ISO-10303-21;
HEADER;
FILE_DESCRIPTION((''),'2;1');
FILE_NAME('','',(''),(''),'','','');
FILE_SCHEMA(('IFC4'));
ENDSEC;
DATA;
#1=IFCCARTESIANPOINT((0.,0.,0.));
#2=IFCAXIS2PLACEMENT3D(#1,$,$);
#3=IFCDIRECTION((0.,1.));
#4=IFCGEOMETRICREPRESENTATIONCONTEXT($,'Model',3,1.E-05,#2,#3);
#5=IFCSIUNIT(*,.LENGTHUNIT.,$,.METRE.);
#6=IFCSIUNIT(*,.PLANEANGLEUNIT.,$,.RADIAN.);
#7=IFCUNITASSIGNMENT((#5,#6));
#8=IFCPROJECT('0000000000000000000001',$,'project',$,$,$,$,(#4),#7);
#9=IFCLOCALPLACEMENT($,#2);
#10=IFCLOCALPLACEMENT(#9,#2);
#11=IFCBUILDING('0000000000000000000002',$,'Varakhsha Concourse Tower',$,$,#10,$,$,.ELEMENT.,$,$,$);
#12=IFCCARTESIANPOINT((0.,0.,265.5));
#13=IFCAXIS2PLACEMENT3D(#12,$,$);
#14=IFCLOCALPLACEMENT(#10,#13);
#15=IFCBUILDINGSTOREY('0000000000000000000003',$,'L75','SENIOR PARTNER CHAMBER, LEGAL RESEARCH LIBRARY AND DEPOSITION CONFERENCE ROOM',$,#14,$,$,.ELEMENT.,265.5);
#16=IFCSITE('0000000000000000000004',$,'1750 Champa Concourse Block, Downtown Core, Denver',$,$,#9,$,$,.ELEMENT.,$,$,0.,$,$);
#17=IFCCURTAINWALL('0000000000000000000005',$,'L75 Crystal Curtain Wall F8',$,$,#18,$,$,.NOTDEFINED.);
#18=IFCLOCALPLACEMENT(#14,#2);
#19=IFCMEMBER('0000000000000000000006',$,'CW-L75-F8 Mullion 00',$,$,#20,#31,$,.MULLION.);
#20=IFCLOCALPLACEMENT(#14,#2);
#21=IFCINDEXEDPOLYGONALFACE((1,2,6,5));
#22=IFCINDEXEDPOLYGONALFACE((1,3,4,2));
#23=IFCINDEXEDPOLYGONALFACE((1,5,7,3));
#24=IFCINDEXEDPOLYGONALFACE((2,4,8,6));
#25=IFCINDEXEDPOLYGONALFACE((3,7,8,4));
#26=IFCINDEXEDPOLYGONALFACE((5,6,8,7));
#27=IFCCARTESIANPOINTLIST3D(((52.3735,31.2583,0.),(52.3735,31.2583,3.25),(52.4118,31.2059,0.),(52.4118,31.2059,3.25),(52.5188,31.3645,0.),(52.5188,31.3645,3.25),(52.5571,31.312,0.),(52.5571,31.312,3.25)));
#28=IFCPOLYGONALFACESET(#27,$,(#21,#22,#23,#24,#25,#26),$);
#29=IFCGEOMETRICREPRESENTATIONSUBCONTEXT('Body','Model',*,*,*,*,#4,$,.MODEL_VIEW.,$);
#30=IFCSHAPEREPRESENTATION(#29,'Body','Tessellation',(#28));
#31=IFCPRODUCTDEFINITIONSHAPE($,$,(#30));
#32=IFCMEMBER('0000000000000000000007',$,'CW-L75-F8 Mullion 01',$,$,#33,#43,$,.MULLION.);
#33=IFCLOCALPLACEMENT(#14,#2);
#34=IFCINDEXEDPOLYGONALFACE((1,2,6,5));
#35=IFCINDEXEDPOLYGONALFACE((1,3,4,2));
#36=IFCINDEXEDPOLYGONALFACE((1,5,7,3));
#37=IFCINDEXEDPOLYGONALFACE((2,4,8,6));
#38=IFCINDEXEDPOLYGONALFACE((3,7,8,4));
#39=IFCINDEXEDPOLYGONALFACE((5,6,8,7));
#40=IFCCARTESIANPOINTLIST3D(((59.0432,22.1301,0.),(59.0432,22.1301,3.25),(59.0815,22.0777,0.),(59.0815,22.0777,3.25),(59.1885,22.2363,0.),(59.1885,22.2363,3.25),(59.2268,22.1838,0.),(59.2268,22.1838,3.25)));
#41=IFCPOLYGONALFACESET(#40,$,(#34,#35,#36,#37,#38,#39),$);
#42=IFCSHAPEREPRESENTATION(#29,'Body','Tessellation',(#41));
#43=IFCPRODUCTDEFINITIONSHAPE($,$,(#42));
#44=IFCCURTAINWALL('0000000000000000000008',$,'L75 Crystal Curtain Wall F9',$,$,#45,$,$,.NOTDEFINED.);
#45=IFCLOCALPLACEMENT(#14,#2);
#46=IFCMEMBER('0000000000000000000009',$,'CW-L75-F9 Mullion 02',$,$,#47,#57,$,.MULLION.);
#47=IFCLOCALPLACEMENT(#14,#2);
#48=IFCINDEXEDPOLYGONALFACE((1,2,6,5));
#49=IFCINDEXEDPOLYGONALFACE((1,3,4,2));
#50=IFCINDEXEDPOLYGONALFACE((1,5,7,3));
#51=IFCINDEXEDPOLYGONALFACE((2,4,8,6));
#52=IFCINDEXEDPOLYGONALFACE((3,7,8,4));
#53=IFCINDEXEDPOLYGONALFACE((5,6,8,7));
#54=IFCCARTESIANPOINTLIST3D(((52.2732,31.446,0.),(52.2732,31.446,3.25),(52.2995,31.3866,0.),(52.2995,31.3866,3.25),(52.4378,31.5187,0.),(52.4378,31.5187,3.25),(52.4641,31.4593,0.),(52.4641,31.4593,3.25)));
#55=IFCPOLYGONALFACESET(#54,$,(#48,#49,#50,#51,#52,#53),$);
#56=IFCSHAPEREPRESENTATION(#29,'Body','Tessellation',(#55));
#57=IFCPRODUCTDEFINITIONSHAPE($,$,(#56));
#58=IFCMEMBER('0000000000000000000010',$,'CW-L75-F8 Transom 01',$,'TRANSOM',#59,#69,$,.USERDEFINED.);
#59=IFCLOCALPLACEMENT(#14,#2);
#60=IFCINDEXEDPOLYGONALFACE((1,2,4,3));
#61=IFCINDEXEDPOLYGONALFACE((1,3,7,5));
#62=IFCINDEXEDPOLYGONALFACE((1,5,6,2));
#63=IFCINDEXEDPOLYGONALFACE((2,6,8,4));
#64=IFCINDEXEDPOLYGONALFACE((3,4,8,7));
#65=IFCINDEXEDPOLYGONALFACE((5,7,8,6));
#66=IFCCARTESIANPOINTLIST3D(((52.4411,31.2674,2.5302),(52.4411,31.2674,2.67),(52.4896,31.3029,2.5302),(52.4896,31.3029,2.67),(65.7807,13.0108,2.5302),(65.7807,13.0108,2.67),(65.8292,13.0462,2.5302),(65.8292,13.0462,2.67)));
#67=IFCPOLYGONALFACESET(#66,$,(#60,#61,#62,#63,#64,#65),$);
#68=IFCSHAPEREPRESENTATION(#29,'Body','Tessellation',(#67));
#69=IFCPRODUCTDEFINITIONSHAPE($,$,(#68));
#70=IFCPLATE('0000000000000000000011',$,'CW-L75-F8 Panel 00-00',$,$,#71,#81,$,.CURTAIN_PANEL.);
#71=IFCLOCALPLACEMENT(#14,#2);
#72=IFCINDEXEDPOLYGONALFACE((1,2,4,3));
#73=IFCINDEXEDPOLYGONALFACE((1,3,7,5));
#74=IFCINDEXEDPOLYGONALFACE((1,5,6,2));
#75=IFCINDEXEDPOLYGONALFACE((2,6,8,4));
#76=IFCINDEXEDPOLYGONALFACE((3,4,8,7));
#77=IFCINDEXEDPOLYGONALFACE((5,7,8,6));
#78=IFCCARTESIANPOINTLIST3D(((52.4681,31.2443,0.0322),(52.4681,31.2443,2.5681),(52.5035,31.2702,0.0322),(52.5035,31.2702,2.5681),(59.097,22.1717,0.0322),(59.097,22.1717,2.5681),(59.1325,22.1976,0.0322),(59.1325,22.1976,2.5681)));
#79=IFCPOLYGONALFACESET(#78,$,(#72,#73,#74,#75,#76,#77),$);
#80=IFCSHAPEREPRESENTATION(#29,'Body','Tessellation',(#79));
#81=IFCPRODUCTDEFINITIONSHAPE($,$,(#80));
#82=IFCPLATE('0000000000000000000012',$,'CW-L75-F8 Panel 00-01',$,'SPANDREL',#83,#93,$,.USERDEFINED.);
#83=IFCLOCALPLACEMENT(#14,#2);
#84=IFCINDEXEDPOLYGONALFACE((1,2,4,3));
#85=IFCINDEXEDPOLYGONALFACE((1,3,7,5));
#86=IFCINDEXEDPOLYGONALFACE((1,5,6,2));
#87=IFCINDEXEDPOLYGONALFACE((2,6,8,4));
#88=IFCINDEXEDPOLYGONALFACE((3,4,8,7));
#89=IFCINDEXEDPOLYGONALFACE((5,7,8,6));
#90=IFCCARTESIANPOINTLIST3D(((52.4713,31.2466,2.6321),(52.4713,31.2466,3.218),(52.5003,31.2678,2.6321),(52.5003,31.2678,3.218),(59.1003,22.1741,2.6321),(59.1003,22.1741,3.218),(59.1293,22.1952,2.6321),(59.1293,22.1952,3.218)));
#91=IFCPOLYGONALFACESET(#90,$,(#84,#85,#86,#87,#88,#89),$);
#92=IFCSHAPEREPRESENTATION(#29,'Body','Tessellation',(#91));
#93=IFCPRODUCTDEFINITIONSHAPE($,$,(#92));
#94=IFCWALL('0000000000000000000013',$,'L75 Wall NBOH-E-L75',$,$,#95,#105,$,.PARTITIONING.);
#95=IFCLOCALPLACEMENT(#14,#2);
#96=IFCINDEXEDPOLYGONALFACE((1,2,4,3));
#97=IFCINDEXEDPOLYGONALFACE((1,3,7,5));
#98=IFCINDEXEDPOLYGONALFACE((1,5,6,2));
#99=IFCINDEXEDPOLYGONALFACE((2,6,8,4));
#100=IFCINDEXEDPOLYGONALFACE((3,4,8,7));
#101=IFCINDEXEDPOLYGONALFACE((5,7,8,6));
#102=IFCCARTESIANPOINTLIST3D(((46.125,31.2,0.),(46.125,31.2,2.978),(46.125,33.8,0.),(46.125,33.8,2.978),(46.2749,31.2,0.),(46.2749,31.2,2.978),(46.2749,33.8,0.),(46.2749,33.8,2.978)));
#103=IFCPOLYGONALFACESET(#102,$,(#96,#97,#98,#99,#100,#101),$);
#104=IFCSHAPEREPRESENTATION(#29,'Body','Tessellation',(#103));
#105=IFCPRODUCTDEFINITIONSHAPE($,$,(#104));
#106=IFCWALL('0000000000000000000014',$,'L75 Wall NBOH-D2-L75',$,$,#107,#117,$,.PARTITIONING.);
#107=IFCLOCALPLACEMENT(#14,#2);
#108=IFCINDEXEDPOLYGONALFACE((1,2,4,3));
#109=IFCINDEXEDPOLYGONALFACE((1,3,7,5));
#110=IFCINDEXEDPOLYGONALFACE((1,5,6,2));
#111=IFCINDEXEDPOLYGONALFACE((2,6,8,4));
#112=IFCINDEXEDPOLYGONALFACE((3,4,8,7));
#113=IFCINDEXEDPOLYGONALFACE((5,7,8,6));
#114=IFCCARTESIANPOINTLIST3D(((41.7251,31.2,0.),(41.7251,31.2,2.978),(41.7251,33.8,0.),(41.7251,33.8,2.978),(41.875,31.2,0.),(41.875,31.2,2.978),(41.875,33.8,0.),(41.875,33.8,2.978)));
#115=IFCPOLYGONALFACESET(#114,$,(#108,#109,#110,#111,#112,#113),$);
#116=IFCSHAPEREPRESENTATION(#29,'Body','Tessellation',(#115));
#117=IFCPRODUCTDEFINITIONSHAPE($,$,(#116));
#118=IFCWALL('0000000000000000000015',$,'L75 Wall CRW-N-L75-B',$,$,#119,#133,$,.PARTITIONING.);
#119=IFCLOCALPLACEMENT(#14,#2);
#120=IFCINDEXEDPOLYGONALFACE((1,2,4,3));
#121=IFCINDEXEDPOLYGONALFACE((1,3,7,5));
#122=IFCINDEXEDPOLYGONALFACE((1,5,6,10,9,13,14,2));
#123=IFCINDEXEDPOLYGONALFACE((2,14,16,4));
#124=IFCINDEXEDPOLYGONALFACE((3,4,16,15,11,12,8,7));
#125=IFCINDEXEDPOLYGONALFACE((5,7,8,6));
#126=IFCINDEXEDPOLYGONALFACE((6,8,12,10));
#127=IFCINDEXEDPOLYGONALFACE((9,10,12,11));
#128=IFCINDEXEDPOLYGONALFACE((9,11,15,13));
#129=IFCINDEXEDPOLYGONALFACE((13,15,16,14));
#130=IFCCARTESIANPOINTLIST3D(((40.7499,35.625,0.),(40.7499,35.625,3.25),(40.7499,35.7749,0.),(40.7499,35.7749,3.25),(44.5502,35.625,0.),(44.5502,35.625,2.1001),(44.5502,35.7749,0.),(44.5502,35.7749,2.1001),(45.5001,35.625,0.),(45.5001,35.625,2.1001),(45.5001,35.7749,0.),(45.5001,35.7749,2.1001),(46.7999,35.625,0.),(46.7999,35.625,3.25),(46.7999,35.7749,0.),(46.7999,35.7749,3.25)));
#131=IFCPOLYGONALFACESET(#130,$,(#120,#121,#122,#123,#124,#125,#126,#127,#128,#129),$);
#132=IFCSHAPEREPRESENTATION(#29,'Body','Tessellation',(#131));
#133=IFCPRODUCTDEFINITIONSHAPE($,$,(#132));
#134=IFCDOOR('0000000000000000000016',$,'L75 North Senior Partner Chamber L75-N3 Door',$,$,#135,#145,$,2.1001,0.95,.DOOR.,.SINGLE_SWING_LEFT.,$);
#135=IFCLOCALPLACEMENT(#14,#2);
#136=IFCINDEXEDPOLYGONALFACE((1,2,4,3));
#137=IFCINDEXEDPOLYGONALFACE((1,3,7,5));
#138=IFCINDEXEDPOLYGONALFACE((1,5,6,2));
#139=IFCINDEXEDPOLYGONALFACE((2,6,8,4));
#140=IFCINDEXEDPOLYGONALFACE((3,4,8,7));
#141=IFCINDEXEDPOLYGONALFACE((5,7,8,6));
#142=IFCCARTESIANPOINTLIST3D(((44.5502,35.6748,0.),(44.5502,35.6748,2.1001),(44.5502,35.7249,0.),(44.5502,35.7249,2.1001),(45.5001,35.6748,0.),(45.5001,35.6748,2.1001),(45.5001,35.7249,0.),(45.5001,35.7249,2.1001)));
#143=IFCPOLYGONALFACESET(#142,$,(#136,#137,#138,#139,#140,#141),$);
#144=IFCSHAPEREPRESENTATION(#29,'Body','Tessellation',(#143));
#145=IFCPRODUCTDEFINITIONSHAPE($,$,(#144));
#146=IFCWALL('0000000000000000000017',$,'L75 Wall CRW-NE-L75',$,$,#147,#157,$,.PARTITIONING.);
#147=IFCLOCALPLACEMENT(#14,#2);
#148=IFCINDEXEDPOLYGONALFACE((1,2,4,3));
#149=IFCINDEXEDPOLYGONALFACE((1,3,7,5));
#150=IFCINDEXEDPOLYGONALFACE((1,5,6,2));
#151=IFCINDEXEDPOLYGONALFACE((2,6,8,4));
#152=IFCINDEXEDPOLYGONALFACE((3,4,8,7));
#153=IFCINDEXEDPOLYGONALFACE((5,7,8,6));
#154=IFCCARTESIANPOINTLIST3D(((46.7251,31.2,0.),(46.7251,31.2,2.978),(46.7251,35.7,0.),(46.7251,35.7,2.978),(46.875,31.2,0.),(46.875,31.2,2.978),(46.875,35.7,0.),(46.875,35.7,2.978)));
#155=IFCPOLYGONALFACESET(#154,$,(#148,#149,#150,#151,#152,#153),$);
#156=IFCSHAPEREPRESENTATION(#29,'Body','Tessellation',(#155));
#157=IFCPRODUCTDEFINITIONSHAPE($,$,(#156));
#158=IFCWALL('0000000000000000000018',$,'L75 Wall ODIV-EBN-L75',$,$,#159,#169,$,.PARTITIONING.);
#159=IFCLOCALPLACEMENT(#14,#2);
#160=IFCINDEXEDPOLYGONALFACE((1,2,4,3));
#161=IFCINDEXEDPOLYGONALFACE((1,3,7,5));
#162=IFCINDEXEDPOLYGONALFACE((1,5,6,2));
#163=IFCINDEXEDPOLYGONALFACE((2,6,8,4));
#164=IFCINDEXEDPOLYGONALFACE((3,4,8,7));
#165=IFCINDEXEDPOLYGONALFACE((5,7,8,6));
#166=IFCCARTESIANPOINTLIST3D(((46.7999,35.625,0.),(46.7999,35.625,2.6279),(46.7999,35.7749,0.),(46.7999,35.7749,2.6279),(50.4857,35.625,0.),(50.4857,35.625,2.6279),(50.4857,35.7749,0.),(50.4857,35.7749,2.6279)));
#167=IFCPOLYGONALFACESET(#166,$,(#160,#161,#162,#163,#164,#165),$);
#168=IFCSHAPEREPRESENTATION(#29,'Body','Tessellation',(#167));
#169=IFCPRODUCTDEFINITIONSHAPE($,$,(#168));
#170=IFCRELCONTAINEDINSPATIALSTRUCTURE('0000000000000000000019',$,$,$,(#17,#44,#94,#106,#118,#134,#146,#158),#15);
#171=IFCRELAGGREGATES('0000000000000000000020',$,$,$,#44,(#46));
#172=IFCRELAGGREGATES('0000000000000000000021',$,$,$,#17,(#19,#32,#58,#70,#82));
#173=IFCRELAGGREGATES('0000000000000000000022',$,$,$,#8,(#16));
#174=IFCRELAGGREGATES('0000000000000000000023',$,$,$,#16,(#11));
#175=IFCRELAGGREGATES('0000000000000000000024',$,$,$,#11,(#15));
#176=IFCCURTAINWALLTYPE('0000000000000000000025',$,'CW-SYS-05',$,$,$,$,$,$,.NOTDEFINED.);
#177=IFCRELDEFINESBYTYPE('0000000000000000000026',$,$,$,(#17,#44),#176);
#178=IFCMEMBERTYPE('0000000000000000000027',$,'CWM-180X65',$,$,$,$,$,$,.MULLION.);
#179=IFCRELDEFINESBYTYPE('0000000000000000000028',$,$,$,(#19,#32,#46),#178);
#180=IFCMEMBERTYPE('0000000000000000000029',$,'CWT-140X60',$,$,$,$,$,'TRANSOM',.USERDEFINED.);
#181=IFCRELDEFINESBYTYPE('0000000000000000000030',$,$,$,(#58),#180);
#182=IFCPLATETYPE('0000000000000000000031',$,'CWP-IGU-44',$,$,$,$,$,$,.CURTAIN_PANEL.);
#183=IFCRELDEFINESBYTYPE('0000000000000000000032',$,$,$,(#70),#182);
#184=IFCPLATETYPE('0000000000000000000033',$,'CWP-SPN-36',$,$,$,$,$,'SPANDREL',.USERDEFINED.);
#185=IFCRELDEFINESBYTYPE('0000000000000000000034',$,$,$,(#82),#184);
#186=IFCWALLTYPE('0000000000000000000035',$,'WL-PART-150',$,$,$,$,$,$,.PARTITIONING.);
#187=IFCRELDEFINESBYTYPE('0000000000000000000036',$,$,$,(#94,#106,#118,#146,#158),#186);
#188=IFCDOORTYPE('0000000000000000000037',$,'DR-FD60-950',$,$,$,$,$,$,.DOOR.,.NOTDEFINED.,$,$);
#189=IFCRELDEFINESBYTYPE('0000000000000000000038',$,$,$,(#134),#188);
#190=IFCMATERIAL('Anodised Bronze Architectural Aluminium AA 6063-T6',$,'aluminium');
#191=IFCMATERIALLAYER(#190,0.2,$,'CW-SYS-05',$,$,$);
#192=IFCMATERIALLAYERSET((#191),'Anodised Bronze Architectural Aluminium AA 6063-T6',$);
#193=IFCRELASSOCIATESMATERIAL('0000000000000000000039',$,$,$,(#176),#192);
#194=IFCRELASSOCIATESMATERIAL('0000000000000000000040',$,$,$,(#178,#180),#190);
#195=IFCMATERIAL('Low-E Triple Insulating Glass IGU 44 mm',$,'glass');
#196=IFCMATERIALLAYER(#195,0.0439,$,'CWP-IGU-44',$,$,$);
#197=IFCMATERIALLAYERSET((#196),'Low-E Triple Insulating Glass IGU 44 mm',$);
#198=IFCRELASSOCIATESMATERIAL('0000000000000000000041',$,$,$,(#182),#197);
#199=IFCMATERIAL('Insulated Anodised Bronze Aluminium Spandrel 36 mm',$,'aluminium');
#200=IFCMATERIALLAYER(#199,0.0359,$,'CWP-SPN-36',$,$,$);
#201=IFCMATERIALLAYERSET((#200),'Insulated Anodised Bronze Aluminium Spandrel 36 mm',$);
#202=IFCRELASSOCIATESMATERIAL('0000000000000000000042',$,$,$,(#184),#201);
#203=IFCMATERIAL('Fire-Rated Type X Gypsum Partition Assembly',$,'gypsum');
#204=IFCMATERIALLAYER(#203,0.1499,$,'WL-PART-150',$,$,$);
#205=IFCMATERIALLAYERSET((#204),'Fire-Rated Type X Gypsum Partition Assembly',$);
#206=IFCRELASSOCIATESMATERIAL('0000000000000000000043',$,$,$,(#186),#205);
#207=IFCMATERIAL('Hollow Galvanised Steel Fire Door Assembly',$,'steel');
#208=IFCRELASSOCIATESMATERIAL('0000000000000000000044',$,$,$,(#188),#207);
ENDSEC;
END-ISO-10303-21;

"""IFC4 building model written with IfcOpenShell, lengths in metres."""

from ifc_helpers import new_model, si_unit, direction, frame, frame_2d, origin, origin_2d, place, context, subcontext, project, spatial, rectangle, extrude, source, transform, mapped, material, layer, layer_set, material_profile, profile_set, type_object, type_shapes, element, fill, aggregate, save


model = new_model("IFC4")

# Units and contexts
model_context = context("Model", 3, precision=1e-05, world=origin(), true_north=direction((0.0, 1.0)))
body_context = subcontext(model_context, "Body", "Model", "MODEL_VIEW")
ifc_project = project(units=[si_unit("LENGTHUNIT", "METRE"), si_unit("PLANEANGLEUNIT", "RADIAN")], contexts=[model_context])

# Site, building, storey
site_placement = place(None, origin())
site = spatial("IfcSite", under=ifc_project, at=site_placement, Name="1750 Champa Concourse Block, Downtown Core, Denver", CompositionType="ELEMENT", RefElevation=0.0)
building_placement = place(site_placement, origin())
building = spatial("IfcBuilding", under=site, at=building_placement, Name="Varakhsha Concourse Tower", CompositionType="ELEMENT")
storey_placement = place(building_placement, frame((0.0, 0.0, 265.5)))
storey = spatial("IfcBuildingStorey", under=building, at=storey_placement, Name="L75", Description="SENIOR PARTNER CHAMBER, LEGAL RESEARCH LIBRARY AND DEPOSITION CONFERENCE ROOM", CompositionType="ELEMENT", Elevation=265.5)

# Curtain wall, members
ifc_material_1 = material(Name="Anodised Bronze Architectural Aluminium AA 6063-T6", Category="aluminium")
ifc_layer_1 = layer(ifc_material_1, 0.2, Name="CW-SYS-05")
ifc_layer_set_1 = layer_set([ifc_layer_1], Name="Anodised Bronze Architectural Aluminium AA 6063-T6")
curtain_wall_type = type_object("IfcCurtainWallType", Name="CW-SYS-05", PredefinedType="NOTDEFINED", material=ifc_layer_set_1)
curtain_wall_1_placement = place(storey_placement, origin())
curtain_wall_1 = element("IfcCurtainWall", 1, at=curtain_wall_1_placement, inside=storey, type_object=curtain_wall_type, Name="L75 Crystal Curtain Wall F8", PredefinedType="NOTDEFINED")
ifc_material_profile_1 = material_profile(ifc_material_1, rectangle(XDim=0.0649, YDim=0.1799, at=origin_2d()), Name="CWM-180X65")
ifc_profile_set_1 = profile_set([ifc_material_profile_1], Name="Anodised Bronze Architectural Aluminium AA 6063-T6")
member_type_1 = type_object("IfcMemberType", Name="CWM-180X65", PredefinedType="MULLION", material=ifc_profile_set_1)
shared_shape_1 = source(origin(), body_context, "Body", "SweptSolid", [
    extrude(rectangle(XDim=0.0649, YDim=0.1799, at=origin_2d()), origin(), (0.0, 0.0, 1.0), 3.25),
])
type_shapes(member_type_1, [shared_shape_1])
member_1_placement = place(storey_placement, frame((52.4653, 31.2852, 0.0), z_axis=(0.0, 0.0, 1.0), x_axis=(0.58996, -0.807432, 0.0)))
member_1 = element("IfcMember", 2, at=member_1_placement, type_object=member_type_1, Name="CW-L75-F8 Mullion 00", PredefinedType="MULLION", context=body_context, shape_type="MappedRepresentation", body=[
    mapped(shared_shape_1, transform((0.0, 0.0, 0.0), scale=1.0)),
])
member_2_placement = place(storey_placement, frame((59.135, 22.157, 0.0), z_axis=(0.0, 0.0, 1.0), x_axis=(0.58996, -0.807432, 0.0)))
member_2 = element("IfcMember", 3, at=member_2_placement, type_object=member_type_1, Name="CW-L75-F8 Mullion 01", PredefinedType="MULLION", context=body_context, shape_type="MappedRepresentation", body=[
    mapped(shared_shape_1, transform((0.0, 0.0, 0.0), scale=1.0)),
])

# Curtain wall, member
curtain_wall_2_placement = place(storey_placement, origin())
curtain_wall_2 = element("IfcCurtainWall", 4, at=curtain_wall_2_placement, inside=storey, type_object=curtain_wall_type, Name="L75 Crystal Curtain Wall F9", PredefinedType="NOTDEFINED")
member_3_placement = place(storey_placement, frame((52.3687, 31.4526, 0.0), z_axis=(0.0, 0.0, 1.0), x_axis=(0.404273, -0.914638, 0.0)))
member_3 = element("IfcMember", 5, at=member_3_placement, type_object=member_type_1, Name="CW-L75-F9 Mullion 02", PredefinedType="MULLION", context=body_context, shape_type="MappedRepresentation", body=[
    mapped(shared_shape_1, transform((0.0, 0.0, 0.0), scale=1.0)),
])
aggregate(curtain_wall_2, [member_3])

# Member
ifc_material_profile_2 = material_profile(ifc_material_1, rectangle(XDim=0.0601, YDim=0.1399, at=origin_2d()), Name="CWT-140X60")
ifc_profile_set_2 = profile_set([ifc_material_profile_2], Name="Anodised Bronze Architectural Aluminium AA 6063-T6")
member_type_2 = type_object("IfcMemberType", Name="CWT-140X60", ElementType="TRANSOM", PredefinedType="USERDEFINED", material=ifc_profile_set_2)
shared_shape_2 = source(origin(), body_context, "Body", "SweptSolid", [
    extrude(rectangle(XDim=0.0601, YDim=0.1399, at=origin_2d()), origin(), (0.0, 0.0, 1.0), 22.6108),
])
type_shapes(member_type_2, [shared_shape_2])
member_4_placement = place(storey_placement, frame((52.4653, 31.2852, 2.6001), z_axis=(0.589966, -0.807428, 0.0), x_axis=(0.807428, 0.589966, 0.0)))
member_4 = element("IfcMember", 6, at=member_4_placement, type_object=member_type_2, Name="CW-L75-F8 Transom 01", ObjectType="TRANSOM", PredefinedType="USERDEFINED", context=body_context, shape_type="MappedRepresentation", body=[
    mapped(shared_shape_2, transform((0.0, 0.0, 0.0), scale=1.0)),
])

# Plates
ifc_material_2 = material(Name="Low-E Triple Insulating Glass IGU 44 mm", Category="glass")
ifc_layer_2 = layer(ifc_material_2, 0.0439, Name="CWP-IGU-44")
ifc_layer_set_2 = layer_set([ifc_layer_2], Name="Low-E Triple Insulating Glass IGU 44 mm")
plate_type_1 = type_object("IfcPlateType", Name="CWP-IGU-44", PredefinedType="CURTAIN_PANEL", material=ifc_layer_set_2)
shared_shape_3 = source(origin(), body_context, "Body", "SweptSolid", [
    extrude(rectangle(XDim=11.2363, YDim=0.0439, at=origin_2d()), origin(), (0.0, 0.0, 1.0), 2.5359),
])
type_shapes(plate_type_1, [shared_shape_3])
plate_1_placement = place(storey_placement, frame((55.8003, 26.7209, 0.0322), z_axis=(0.0, 0.0, 1.0), x_axis=(0.58996, -0.807432, 0.0)))
plate_1 = element("IfcPlate", 7, at=plate_1_placement, type_object=plate_type_1, Name="CW-L75-F8 Panel 00-00", PredefinedType="CURTAIN_PANEL", context=body_context, shape_type="MappedRepresentation", body=[
    mapped(shared_shape_3, transform((0.0, 0.0, 0.0), scale=1.0)),
])
ifc_material_3 = material(Name="Insulated Anodised Bronze Aluminium Spandrel 36 mm", Category="aluminium")
ifc_layer_3 = layer(ifc_material_3, 0.0359, Name="CWP-SPN-36")
ifc_layer_set_3 = layer_set([ifc_layer_3], Name="Insulated Anodised Bronze Aluminium Spandrel 36 mm")
plate_type_2 = type_object("IfcPlateType", Name="CWP-SPN-36", ElementType="SPANDREL", PredefinedType="USERDEFINED", material=ifc_layer_set_3)
shared_shape_4 = source(origin(), body_context, "Body", "SweptSolid", [
    extrude(rectangle(XDim=11.2363, YDim=0.0359, at=origin_2d()), origin(), (0.0, 0.0, 1.0), 0.5859),
])
type_shapes(plate_type_2, [shared_shape_4])
plate_2_placement = place(storey_placement, frame((55.8003, 26.7209, 2.6321), z_axis=(0.0, 0.0, 1.0), x_axis=(0.58996, -0.807432, 0.0)))
plate_2 = element("IfcPlate", 8, at=plate_2_placement, type_object=plate_type_2, Name="CW-L75-F8 Panel 00-01", ObjectType="SPANDREL", PredefinedType="USERDEFINED", context=body_context, shape_type="MappedRepresentation", body=[
    mapped(shared_shape_4, transform((0.0, 0.0, 0.0), scale=1.0)),
])
aggregate(curtain_wall_1, [member_1, member_2, member_4, plate_1, plate_2])

# Walls
ifc_material_4 = material(Name="Fire-Rated Type X Gypsum Partition Assembly", Category="gypsum")
ifc_layer_4 = layer(ifc_material_4, 0.1499, Name="WL-PART-150")
ifc_layer_set_4 = layer_set([ifc_layer_4], Name="Fire-Rated Type X Gypsum Partition Assembly")
wall_type_1 = type_object("IfcWallType", Name="WL-PART-150", PredefinedType="PARTITIONING", material=ifc_layer_set_4)
for number, where, z_axis, x_axis, name in (
    (9, (46.2, 31.2, 0.0), (0.0, 0.0, 1.0), (0.0, 1.0, 0.0), "L75 Wall NBOH-E-L75"),
    (10, (41.8, 31.2, 0.0), (0.0, 0.0, 1.0), (0.0, 1.0, 0.0), "L75 Wall NBOH-D2-L75"),
):
    element("IfcWall", number, at=place(storey_placement, frame(where, z_axis=z_axis, x_axis=x_axis)), inside=storey, type_object=wall_type_1, Name=name, PredefinedType="PARTITIONING", context=body_context, shape_type="SweptSolid", body=[
        extrude(rectangle(XDim=2.6001, YDim=0.1499, at=frame_2d((1.3, 0.0))), origin(), (0.0, 0.0, 1.0), 2.978),
    ])

# Wall, opening, door
wall_1_placement = place(storey_placement, frame((40.75, 35.7, 0.0), z_axis=(0.0, 0.0, 1.0), x_axis=(1.0, 0.0, 0.0)))
wall_1 = element("IfcWall", 11, at=wall_1_placement, inside=storey, type_object=wall_type_1, Name="L75 Wall CRW-N-L75-B", PredefinedType="PARTITIONING", context=body_context, shape_type="SweptSolid", body=[
    extrude(rectangle(XDim=6.05, YDim=0.1499, at=frame_2d((3.0249, 0.0))), origin(), (0.0, 0.0, 1.0), 3.25),
])
opening_1_placement = place(wall_1_placement, frame((3.8, 0.0, 0.0)))
opening_1 = element("IfcOpeningElement", 12, at=opening_1_placement, cuts=wall_1, PredefinedType="OPENING", context=body_context, shape_type="SweptSolid", body=[
    extrude(rectangle(XDim=0.95, YDim=2.1001, at=frame_2d((0.4751, 1.05))), frame((0.0, 0.085, 0.0), z_axis=(0.0, -1.0, 0.0), x_axis=(1.0, 0.0, 0.0)), (0.0, 0.0, 1.0), 0.1699),
])
ifc_material_5 = material(Name="Hollow Galvanised Steel Fire Door Assembly", Category="steel")
door_type = type_object("IfcDoorType", Name="DR-FD60-950", OperationType="NOTDEFINED", PredefinedType="DOOR", material=ifc_material_5)
door_1_placement = place(opening_1_placement, origin())
door_1 = element("IfcDoor", 13, at=door_1_placement, inside=storey, type_object=door_type, Name="L75 North Senior Partner Chamber L75-N3 Door", OperationType="SINGLE_SWING_LEFT", OverallHeight=2.1001, OverallWidth=0.95, PredefinedType="DOOR", context=body_context, shape_type="SweptSolid", body=[
    extrude(rectangle(XDim=0.95, YDim=2.1001, at=frame_2d((0.4751, 1.05))), frame((0.0, 0.0249, 0.0), z_axis=(0.0, -1.0, 0.0), x_axis=(1.0, 0.0, 0.0)), (0.0, 0.0, 1.0), 0.05),
])
fill(opening_1, door_1)

# Walls
wall_2_placement = place(storey_placement, frame((46.8, 31.2, 0.0), z_axis=(0.0, 0.0, 1.0), x_axis=(0.0, 1.0, 0.0)))
element("IfcWall", 14, at=wall_2_placement, inside=storey, type_object=wall_type_1, Name="L75 Wall CRW-NE-L75", PredefinedType="PARTITIONING", context=body_context, shape_type="SweptSolid", body=[
    extrude(rectangle(XDim=4.5, YDim=0.1499, at=frame_2d((2.25, 0.0))), origin(), (0.0, 0.0, 1.0), 2.978),
])
wall_3_placement = place(storey_placement, frame((46.8, 35.7, 0.0), z_axis=(0.0, 0.0, 1.0), x_axis=(1.0, 0.0, 0.0)))
element("IfcWall", 15, at=wall_3_placement, inside=storey, type_object=wall_type_1, Name="L75 Wall ODIV-EBN-L75", PredefinedType="PARTITIONING", context=body_context, shape_type="SweptSolid", body=[
    extrude(rectangle(XDim=3.6858, YDim=0.1499, at=frame_2d((1.8428, 0.0))), origin(), (0.0, 0.0, 1.0), 2.6279),
])

save(model, "model.ifc")
